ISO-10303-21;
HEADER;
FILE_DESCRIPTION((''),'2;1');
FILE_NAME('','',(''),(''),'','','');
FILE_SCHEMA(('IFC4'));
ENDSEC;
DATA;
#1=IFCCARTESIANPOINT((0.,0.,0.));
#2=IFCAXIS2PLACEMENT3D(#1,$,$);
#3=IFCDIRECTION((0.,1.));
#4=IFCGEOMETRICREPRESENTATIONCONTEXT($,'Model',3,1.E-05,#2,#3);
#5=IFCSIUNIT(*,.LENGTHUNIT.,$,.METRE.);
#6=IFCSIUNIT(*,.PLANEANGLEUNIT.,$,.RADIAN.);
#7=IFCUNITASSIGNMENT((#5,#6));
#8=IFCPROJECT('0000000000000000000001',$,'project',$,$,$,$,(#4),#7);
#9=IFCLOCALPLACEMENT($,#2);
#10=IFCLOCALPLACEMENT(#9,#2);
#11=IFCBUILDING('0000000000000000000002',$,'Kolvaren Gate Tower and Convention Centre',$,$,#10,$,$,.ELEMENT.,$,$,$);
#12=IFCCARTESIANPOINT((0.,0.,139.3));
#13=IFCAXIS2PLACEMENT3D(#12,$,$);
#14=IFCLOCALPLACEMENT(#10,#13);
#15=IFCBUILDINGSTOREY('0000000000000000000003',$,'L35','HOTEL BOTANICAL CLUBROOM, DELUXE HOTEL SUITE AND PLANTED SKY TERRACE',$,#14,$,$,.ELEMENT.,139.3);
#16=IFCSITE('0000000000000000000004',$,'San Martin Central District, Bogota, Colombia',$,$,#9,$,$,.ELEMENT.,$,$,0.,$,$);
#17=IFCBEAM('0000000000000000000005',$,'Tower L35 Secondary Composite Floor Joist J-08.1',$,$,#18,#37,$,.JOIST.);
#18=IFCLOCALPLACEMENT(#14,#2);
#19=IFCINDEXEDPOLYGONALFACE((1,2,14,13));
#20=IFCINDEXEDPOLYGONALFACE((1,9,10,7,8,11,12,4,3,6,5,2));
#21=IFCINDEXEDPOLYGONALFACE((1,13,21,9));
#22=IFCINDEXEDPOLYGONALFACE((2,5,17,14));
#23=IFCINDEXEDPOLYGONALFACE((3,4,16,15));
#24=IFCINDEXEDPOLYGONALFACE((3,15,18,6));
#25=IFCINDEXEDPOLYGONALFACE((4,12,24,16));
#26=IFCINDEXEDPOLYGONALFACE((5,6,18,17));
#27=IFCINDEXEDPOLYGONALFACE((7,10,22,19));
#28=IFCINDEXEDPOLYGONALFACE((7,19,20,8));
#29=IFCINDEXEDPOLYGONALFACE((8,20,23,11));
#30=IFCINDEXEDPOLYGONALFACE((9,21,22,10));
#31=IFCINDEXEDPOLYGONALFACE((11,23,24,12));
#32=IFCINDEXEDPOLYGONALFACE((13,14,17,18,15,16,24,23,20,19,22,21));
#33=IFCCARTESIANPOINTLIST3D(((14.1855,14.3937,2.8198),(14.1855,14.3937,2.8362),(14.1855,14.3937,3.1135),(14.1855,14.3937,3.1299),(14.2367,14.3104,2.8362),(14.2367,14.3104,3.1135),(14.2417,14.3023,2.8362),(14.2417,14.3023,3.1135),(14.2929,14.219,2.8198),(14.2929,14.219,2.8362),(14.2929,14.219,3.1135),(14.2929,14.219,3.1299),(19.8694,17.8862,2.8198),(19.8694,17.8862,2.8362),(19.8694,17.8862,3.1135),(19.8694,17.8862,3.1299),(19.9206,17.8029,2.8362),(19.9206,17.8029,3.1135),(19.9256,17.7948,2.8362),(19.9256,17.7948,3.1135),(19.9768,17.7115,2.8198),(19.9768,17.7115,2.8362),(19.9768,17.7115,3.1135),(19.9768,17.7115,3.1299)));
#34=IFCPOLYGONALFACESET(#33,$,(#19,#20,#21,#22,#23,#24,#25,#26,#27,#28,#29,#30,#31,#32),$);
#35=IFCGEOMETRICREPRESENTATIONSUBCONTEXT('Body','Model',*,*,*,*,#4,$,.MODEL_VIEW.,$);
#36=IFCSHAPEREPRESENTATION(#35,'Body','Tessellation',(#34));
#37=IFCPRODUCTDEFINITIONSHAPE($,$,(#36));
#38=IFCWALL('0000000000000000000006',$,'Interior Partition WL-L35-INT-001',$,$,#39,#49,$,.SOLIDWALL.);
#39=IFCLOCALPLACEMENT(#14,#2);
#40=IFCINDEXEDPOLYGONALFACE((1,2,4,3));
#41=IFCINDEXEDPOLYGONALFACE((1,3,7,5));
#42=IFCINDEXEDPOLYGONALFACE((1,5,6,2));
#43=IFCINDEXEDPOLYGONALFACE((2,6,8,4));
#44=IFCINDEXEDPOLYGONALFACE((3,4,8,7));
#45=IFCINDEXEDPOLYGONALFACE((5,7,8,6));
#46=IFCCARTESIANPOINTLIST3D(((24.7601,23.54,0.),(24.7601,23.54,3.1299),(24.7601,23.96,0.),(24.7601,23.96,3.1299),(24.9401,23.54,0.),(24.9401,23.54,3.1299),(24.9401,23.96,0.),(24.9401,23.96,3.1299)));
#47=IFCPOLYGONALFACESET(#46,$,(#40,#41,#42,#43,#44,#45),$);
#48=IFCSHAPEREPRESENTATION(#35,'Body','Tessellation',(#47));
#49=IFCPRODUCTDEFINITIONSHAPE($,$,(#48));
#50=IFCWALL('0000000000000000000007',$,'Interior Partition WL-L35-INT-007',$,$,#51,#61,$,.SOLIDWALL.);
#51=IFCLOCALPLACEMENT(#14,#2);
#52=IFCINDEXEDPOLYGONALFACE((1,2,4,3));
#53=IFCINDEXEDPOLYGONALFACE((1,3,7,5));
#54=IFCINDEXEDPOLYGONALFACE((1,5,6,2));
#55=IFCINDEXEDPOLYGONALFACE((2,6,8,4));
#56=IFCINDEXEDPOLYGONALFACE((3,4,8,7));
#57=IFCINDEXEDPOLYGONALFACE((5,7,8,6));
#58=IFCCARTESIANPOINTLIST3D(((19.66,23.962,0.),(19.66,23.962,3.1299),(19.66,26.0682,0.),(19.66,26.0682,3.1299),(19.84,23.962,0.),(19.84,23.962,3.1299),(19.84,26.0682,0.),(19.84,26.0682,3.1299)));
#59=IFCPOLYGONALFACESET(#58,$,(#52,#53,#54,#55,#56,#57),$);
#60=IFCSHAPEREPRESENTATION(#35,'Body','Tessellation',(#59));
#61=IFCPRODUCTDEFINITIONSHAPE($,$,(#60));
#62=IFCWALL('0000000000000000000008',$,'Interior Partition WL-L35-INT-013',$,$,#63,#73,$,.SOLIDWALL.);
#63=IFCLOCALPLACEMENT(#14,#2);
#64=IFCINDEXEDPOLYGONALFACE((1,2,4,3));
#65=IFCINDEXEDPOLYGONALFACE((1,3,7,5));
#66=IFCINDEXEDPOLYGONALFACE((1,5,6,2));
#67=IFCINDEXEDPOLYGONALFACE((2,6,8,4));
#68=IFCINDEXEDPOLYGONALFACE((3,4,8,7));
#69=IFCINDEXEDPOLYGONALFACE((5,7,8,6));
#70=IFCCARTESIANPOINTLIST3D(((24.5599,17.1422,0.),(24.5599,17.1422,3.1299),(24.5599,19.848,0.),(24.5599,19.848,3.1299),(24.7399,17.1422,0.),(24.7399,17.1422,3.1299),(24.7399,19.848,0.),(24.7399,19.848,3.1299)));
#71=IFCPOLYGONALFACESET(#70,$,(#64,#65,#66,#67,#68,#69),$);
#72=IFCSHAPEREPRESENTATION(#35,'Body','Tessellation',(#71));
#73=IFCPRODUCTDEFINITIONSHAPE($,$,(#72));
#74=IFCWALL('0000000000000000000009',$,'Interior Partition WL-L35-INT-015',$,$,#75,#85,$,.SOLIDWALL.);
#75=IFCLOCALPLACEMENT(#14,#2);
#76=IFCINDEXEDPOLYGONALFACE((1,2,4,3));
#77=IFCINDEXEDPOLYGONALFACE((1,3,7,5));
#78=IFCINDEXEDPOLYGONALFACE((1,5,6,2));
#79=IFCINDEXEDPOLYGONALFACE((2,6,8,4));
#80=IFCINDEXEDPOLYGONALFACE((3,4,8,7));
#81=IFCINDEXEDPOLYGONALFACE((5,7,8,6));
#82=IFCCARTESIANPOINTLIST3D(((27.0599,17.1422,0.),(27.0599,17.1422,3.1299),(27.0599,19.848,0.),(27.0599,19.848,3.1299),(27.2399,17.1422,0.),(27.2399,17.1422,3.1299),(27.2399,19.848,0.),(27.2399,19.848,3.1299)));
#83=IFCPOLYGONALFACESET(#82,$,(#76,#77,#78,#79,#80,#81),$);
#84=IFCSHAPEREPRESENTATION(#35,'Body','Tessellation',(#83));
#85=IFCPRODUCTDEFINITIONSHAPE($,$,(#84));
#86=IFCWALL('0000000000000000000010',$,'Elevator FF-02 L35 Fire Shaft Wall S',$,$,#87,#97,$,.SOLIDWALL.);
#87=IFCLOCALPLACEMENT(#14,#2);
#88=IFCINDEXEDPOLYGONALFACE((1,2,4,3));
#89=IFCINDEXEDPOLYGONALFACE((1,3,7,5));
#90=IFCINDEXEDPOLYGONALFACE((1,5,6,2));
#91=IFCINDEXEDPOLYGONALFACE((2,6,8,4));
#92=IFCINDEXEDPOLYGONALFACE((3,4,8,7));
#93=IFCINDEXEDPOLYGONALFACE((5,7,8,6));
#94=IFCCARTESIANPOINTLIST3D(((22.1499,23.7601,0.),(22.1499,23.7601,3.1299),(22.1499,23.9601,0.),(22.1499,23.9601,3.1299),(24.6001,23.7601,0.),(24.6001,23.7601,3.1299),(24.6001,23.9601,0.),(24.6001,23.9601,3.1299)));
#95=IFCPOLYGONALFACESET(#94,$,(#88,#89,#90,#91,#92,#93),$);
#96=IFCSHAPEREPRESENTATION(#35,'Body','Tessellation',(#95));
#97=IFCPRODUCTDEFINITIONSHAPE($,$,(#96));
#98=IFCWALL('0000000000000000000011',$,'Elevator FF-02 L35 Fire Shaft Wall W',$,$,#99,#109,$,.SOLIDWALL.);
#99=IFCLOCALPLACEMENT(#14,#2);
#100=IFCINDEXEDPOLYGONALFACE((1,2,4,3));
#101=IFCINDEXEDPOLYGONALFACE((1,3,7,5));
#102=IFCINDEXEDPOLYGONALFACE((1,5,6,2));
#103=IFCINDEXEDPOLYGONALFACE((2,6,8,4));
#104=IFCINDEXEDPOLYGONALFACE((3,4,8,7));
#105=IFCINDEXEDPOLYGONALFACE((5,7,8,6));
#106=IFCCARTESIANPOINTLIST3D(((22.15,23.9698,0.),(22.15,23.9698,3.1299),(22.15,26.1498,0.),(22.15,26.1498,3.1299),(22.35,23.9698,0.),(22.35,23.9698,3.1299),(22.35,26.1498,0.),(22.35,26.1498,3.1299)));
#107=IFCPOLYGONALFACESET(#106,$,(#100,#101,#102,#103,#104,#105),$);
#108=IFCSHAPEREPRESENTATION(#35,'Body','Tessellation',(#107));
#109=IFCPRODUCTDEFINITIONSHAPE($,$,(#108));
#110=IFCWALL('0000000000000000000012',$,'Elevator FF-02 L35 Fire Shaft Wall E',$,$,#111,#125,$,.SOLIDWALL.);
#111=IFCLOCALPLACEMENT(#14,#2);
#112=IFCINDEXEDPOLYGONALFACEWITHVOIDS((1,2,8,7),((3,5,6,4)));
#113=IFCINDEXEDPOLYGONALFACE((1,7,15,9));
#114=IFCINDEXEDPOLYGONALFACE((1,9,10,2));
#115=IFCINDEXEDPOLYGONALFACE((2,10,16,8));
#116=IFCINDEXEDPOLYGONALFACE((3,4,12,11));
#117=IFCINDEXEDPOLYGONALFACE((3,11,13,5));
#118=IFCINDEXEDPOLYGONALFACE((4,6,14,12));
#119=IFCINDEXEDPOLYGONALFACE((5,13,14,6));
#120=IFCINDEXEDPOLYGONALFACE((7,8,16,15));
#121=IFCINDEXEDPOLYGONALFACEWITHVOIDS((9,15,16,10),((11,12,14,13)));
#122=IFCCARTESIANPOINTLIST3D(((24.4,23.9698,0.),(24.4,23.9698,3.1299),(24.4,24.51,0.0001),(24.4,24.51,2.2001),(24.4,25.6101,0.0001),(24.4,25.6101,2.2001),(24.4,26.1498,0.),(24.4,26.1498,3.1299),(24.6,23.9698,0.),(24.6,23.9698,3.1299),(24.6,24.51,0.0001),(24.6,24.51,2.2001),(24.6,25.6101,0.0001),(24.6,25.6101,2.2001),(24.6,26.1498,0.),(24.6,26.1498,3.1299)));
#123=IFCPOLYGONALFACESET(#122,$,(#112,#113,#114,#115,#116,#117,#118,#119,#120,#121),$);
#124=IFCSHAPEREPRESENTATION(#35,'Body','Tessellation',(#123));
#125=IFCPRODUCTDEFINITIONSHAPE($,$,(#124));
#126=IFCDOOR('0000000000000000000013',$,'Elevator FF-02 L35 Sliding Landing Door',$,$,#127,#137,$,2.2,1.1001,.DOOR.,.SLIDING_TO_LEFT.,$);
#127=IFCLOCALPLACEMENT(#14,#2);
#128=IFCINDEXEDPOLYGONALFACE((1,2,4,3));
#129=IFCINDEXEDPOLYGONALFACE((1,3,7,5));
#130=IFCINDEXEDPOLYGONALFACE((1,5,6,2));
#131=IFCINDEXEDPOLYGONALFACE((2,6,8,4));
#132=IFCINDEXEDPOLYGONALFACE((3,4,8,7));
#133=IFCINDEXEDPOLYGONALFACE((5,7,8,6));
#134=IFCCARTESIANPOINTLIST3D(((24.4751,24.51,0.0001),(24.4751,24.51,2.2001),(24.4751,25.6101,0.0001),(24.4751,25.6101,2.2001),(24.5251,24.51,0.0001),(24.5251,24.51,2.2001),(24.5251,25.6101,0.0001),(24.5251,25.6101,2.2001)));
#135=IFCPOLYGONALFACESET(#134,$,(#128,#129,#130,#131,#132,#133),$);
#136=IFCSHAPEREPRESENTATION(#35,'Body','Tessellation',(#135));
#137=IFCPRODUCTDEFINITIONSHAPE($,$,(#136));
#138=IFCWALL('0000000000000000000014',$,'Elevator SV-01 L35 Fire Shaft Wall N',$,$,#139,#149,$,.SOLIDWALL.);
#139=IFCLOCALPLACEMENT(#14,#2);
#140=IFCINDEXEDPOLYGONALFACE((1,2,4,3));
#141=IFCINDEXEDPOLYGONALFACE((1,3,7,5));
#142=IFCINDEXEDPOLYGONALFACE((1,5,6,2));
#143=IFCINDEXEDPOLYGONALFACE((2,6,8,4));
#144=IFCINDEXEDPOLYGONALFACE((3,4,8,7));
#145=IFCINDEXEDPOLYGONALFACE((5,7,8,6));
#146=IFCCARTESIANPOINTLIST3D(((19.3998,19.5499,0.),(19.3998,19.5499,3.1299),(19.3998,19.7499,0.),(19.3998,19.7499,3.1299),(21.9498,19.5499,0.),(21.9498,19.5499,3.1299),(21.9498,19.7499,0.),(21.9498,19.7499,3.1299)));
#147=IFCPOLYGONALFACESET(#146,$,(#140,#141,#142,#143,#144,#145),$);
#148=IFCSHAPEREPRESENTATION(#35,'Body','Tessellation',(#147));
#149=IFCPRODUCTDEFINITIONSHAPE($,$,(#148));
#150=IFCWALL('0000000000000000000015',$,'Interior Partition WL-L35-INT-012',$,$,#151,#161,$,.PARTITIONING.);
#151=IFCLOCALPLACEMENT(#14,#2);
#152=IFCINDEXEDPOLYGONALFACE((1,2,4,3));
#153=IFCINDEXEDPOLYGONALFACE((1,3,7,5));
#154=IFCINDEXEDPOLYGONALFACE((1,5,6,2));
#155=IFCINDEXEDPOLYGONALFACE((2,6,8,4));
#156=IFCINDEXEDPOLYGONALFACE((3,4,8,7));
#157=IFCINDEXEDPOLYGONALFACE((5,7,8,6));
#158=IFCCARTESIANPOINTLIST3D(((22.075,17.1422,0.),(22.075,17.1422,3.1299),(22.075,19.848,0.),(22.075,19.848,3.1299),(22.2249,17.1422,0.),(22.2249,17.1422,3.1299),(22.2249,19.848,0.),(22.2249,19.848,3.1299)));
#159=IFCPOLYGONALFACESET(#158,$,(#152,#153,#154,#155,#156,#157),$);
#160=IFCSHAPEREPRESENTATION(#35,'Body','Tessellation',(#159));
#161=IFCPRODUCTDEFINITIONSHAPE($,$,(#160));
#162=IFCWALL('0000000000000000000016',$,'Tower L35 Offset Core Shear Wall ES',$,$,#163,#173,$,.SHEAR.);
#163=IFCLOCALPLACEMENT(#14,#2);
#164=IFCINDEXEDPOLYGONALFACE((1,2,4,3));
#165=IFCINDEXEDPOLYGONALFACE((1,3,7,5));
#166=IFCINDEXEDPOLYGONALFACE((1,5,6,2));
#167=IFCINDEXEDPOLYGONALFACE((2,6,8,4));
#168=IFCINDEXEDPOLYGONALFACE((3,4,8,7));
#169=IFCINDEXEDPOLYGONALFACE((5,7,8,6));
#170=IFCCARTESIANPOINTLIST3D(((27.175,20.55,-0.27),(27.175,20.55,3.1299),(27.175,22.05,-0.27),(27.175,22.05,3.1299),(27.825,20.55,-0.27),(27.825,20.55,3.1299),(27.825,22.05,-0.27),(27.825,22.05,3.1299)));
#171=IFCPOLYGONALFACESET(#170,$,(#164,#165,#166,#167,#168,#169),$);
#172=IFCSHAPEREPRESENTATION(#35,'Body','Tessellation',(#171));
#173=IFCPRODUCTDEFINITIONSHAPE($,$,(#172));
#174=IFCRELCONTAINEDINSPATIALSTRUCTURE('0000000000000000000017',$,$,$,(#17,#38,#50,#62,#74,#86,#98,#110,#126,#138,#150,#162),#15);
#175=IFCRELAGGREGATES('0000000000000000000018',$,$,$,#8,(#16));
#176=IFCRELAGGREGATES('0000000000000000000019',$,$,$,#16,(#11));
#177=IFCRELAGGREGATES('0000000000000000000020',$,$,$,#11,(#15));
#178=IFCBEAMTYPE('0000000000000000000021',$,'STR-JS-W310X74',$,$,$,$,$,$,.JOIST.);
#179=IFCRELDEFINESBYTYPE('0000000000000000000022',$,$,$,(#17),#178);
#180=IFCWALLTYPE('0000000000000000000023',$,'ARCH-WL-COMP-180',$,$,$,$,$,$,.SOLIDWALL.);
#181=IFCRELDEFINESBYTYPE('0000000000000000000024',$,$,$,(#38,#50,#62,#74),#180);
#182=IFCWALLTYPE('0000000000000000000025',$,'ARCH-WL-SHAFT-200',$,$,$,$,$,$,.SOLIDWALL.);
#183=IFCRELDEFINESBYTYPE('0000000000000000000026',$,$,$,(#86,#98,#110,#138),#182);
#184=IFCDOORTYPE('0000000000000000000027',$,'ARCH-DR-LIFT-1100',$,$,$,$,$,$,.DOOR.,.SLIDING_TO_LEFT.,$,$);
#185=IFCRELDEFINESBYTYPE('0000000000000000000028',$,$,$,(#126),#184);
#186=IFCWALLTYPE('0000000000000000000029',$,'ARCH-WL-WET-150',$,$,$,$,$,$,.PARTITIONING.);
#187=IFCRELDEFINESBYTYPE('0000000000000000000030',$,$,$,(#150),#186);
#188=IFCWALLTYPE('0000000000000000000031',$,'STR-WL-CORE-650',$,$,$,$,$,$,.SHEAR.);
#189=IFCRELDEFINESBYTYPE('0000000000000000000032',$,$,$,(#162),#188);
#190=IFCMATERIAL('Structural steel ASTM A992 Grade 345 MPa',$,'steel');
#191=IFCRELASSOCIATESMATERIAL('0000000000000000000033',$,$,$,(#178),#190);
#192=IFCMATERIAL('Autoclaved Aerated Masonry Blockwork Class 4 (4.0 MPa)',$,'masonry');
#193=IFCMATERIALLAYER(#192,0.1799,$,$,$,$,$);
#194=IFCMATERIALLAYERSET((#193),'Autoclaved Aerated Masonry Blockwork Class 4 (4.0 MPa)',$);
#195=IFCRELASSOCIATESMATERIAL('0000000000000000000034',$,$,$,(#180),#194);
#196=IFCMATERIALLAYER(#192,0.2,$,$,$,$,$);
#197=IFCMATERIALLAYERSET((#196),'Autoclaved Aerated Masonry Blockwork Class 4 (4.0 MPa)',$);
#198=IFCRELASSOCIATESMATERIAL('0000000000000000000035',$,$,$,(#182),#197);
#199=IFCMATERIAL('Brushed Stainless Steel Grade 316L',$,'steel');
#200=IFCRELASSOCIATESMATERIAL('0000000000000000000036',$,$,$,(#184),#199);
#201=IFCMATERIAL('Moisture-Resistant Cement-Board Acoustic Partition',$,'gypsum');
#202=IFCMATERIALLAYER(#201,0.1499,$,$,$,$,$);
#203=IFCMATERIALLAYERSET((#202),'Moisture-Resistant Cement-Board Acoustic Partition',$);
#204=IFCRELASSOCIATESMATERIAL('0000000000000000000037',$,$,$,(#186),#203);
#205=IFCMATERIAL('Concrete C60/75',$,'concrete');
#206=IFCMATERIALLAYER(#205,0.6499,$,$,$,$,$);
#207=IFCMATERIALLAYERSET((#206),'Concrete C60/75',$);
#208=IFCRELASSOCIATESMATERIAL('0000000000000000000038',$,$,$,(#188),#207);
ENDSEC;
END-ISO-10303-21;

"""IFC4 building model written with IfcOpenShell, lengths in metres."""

from ifc_helpers import new_model, si_unit, direction, frame, frame_2d, origin, origin_2d, place, context, subcontext, project, spatial, rectangle, i_section, extrude, material, layer, layer_set, material_profile, profile_set, type_object, element, fill, save


model = new_model("IFC4")

# Units and contexts
model_context = context("Model", 3, precision=1e-05, world=origin(), true_north=direction((0.0, 1.0)))
body_context = subcontext(model_context, "Body", "Model", "MODEL_VIEW")
ifc_project = project(units=[si_unit("LENGTHUNIT", "METRE"), si_unit("PLANEANGLEUNIT", "RADIAN")], contexts=[model_context])

# Site, building, storey
site_placement = place(None, origin())
site = spatial("IfcSite", under=ifc_project, at=site_placement, Name="San Martin Central District, Bogota, Colombia", CompositionType="ELEMENT", RefElevation=0.0)
building_placement = place(site_placement, origin())
building = spatial("IfcBuilding", under=site, at=building_placement, Name="Kolvaren Gate Tower and Convention Centre", CompositionType="ELEMENT")
storey_placement = place(building_placement, frame((0.0, 0.0, 139.3)))
storey = spatial("IfcBuildingStorey", under=building, at=storey_placement, Name="L35", Description="HOTEL BOTANICAL CLUBROOM, DELUXE HOTEL SUITE AND PLANTED SKY TERRACE", CompositionType="ELEMENT", Elevation=139.3)

# Beam
ifc_material_1 = material(Name="Structural steel ASTM A992 Grade 345 MPa", Category="steel")
ifc_material_profile = material_profile(ifc_material_1, i_section(OverallWidth=0.2051, OverallDepth=0.3101, WebThickness=0.0095, FlangeThickness=0.0164, at=origin_2d()), Name="W310X74")
ifc_profile_set = profile_set([ifc_material_profile], Name="Structural steel ASTM A992 Grade 345 MPa")
beam_type = type_object("IfcBeamType", Name="STR-JS-W310X74", PredefinedType="JOIST", material=ifc_profile_set)
beam_placement = place(storey_placement, frame((19.9231, 17.7988, 2.9749), z_axis=(-0.852014, -0.523519, 0.0), x_axis=(0.523519, -0.852014, 0.0)))
element("IfcBeam", 1, at=beam_placement, inside=storey, type_object=beam_type, Name="Tower L35 Secondary Composite Floor Joist J-08.1", PredefinedType="JOIST", context=body_context, shape_type="SweptSolid", body=[
    extrude(i_section(OverallWidth=0.2051, OverallDepth=0.3101, WebThickness=0.0095, FlangeThickness=0.0164, at=origin_2d()), origin(), (0.0, 0.0, 1.0), 6.6711),
])

# Walls
ifc_material_2 = material(Name="Autoclaved Aerated Masonry Blockwork Class 4 (4.0 MPa)", Category="masonry")
ifc_layer_1 = layer(ifc_material_2, 0.1799)
ifc_layer_set_1 = layer_set([ifc_layer_1], Name="Autoclaved Aerated Masonry Blockwork Class 4 (4.0 MPa)")
wall_type_1 = type_object("IfcWallType", Name="ARCH-WL-COMP-180", PredefinedType="SOLIDWALL", material=ifc_layer_set_1)
wall_1_placement = place(storey_placement, frame((24.8501, 23.54, 0.0), z_axis=(0.0, 0.0, 1.0), x_axis=(0.0, 1.0, 0.0)))
element("IfcWall", 2, at=wall_1_placement, inside=storey, type_object=wall_type_1, Name="Interior Partition WL-L35-INT-001", PredefinedType="SOLIDWALL", context=body_context, shape_type="SweptSolid", body=[
    extrude(rectangle(XDim=0.4199, YDim=0.1799, at=frame_2d((0.21, 0.0))), origin(), (0.0, 0.0, 1.0), 3.1299),
])
wall_2_placement = place(storey_placement, frame((19.75, 23.9619, 0.0), z_axis=(0.0, 0.0, 1.0), x_axis=(0.0, 1.0, 0.0)))
element("IfcWall", 3, at=wall_2_placement, inside=storey, type_object=wall_type_1, Name="Interior Partition WL-L35-INT-007", PredefinedType="SOLIDWALL", context=body_context, shape_type="SweptSolid", body=[
    extrude(rectangle(XDim=2.1062, YDim=0.1799, at=frame_2d((1.0532, 0.0))), origin(), (0.0, 0.0, 1.0), 3.1299),
])
for number, where, z_axis, x_axis, name in (
    (4, (24.6499, 17.1421, 0.0), (0.0, 0.0, 1.0), (0.0, 1.0, 0.0), "Interior Partition WL-L35-INT-013"),
    (5, (27.1499, 17.1421, 0.0), (0.0, 0.0, 1.0), (0.0, 1.0, 0.0), "Interior Partition WL-L35-INT-015"),
):
    element("IfcWall", number, at=place(storey_placement, frame(where, z_axis=z_axis, x_axis=x_axis)), inside=storey, type_object=wall_type_1, Name=name, PredefinedType="SOLIDWALL", context=body_context, shape_type="SweptSolid", body=[
        extrude(rectangle(XDim=2.7058, YDim=0.1799, at=frame_2d((1.353, 0.0))), origin(), (0.0, 0.0, 1.0), 3.1299),
    ])
ifc_layer_2 = layer(ifc_material_2, 0.2)
ifc_layer_set_2 = layer_set([ifc_layer_2], Name="Autoclaved Aerated Masonry Blockwork Class 4 (4.0 MPa)")
wall_type_2 = type_object("IfcWallType", Name="ARCH-WL-SHAFT-200", PredefinedType="SOLIDWALL", material=ifc_layer_set_2)
wall_3_placement = place(storey_placement, frame((22.1499, 23.8601, 0.0), z_axis=(0.0, 0.0, 1.0), x_axis=(1.0, 0.0, 0.0)))
element("IfcWall", 6, at=wall_3_placement, inside=storey, type_object=wall_type_2, Name="Elevator FF-02 L35 Fire Shaft Wall S", PredefinedType="SOLIDWALL", context=body_context, shape_type="SweptSolid", body=[
    extrude(rectangle(XDim=2.4502, YDim=0.2, at=frame_2d((1.2251, 0.0))), origin(), (0.0, 0.0, 1.0), 3.1299),
])
wall_4_placement = place(storey_placement, frame((22.25, 23.97, 0.0), z_axis=(0.0, 0.0, 1.0), x_axis=(0.0, 1.0, 0.0)))
element("IfcWall", 7, at=wall_4_placement, inside=storey, type_object=wall_type_2, Name="Elevator FF-02 L35 Fire Shaft Wall W", PredefinedType="SOLIDWALL", context=body_context, shape_type="SweptSolid", body=[
    extrude(rectangle(XDim=2.1799, YDim=0.2, at=frame_2d((1.0898, 0.0))), origin(), (0.0, 0.0, 1.0), 3.1299),
])

# Wall, opening, door
wall_5_placement = place(storey_placement, frame((24.5, 23.97, 0.0), z_axis=(0.0, 0.0, 1.0), x_axis=(0.0, 1.0, 0.0)))
wall_5 = element("IfcWall", 8, at=wall_5_placement, inside=storey, type_object=wall_type_2, Name="Elevator FF-02 L35 Fire Shaft Wall E", PredefinedType="SOLIDWALL", context=body_context, shape_type="SweptSolid", body=[
    extrude(rectangle(XDim=2.1799, YDim=0.2, at=frame_2d((1.0898, 0.0))), origin(), (0.0, 0.0, 1.0), 3.1299),
])
opening_1_placement = place(wall_5_placement, frame((0.54, 0.0, 0.0)))
opening_1 = element("IfcOpeningElement", 9, at=opening_1_placement, cuts=wall_5, PredefinedType="OPENING", context=body_context, shape_type="SweptSolid", body=[
    extrude(rectangle(XDim=1.1001, YDim=2.2, at=frame_2d((0.55, 1.1001))), frame((0.0, 0.1099, 0.0), z_axis=(0.0, -1.0, 0.0), x_axis=(1.0, 0.0, 0.0)), (0.0, 0.0, 1.0), 0.22),
])
ifc_material_3 = material(Name="Brushed Stainless Steel Grade 316L", Category="steel")
door_type_1 = type_object("IfcDoorType", Name="ARCH-DR-LIFT-1100", OperationType="SLIDING_TO_LEFT", PredefinedType="DOOR", material=ifc_material_3)
door_1_placement = place(opening_1_placement, origin())
door_1 = element("IfcDoor", 10, at=door_1_placement, inside=storey, type_object=door_type_1, Name="Elevator FF-02 L35 Sliding Landing Door", OperationType="SLIDING_TO_LEFT", OverallHeight=2.2, OverallWidth=1.1001, PredefinedType="DOOR", context=body_context, shape_type="SweptSolid", body=[
    extrude(rectangle(XDim=1.1001, YDim=2.2, at=frame_2d((0.55, 1.1001))), frame((0.0, 0.0249, 0.0), z_axis=(0.0, -1.0, 0.0), x_axis=(1.0, 0.0, 0.0)), (0.0, 0.0, 1.0), 0.05),
])
fill(opening_1, door_1)

# Walls
wall_6_placement = place(storey_placement, frame((19.3999, 19.6499, 0.0), z_axis=(0.0, 0.0, 1.0), x_axis=(1.0, 0.0, 0.0)))
element("IfcWall", 11, at=wall_6_placement, inside=storey, type_object=wall_type_2, Name="Elevator SV-01 L35 Fire Shaft Wall N", PredefinedType="SOLIDWALL", context=body_context, shape_type="SweptSolid", body=[
    extrude(rectangle(XDim=2.55, YDim=0.2, at=frame_2d((1.2749, 0.0))), origin(), (0.0, 0.0, 1.0), 3.1299),
])
ifc_material_4 = material(Name="Moisture-Resistant Cement-Board Acoustic Partition", Category="gypsum")
ifc_layer_3 = layer(ifc_material_4, 0.1499)
ifc_layer_set_3 = layer_set([ifc_layer_3], Name="Moisture-Resistant Cement-Board Acoustic Partition")
wall_type_3 = type_object("IfcWallType", Name="ARCH-WL-WET-150", PredefinedType="PARTITIONING", material=ifc_layer_set_3)
wall_7_placement = place(storey_placement, frame((22.1499, 17.1421, 0.0), z_axis=(0.0, 0.0, 1.0), x_axis=(0.0, 1.0, 0.0)))
element("IfcWall", 12, at=wall_7_placement, inside=storey, type_object=wall_type_3, Name="Interior Partition WL-L35-INT-012", PredefinedType="PARTITIONING", context=body_context, shape_type="SweptSolid", body=[
    extrude(rectangle(XDim=2.7058, YDim=0.1499, at=frame_2d((1.353, 0.0))), origin(), (0.0, 0.0, 1.0), 3.1299),
])
ifc_material_5 = material(Name="Concrete C60/75", Category="concrete")
ifc_layer_4 = layer(ifc_material_5, 0.6499)
ifc_layer_set_4 = layer_set([ifc_layer_4], Name="Concrete C60/75")
wall_type_4 = type_object("IfcWallType", Name="STR-WL-CORE-650", PredefinedType="SHEAR", material=ifc_layer_set_4)
wall_8_placement = place(storey_placement, frame((27.5, 20.55, -0.27), z_axis=(0.0, 0.0, 1.0), x_axis=(0.0, 1.0, 0.0)))
element("IfcWall", 13, at=wall_8_placement, inside=storey, type_object=wall_type_4, Name="Tower L35 Offset Core Shear Wall ES", PredefinedType="SHEAR", context=body_context, shape_type="SweptSolid", body=[
    extrude(rectangle(XDim=1.5, YDim=0.6499, at=frame_2d((0.75, 0.0))), origin(), (0.0, 0.0, 1.0), 3.3999),
])

save(model, "model.ifc")
